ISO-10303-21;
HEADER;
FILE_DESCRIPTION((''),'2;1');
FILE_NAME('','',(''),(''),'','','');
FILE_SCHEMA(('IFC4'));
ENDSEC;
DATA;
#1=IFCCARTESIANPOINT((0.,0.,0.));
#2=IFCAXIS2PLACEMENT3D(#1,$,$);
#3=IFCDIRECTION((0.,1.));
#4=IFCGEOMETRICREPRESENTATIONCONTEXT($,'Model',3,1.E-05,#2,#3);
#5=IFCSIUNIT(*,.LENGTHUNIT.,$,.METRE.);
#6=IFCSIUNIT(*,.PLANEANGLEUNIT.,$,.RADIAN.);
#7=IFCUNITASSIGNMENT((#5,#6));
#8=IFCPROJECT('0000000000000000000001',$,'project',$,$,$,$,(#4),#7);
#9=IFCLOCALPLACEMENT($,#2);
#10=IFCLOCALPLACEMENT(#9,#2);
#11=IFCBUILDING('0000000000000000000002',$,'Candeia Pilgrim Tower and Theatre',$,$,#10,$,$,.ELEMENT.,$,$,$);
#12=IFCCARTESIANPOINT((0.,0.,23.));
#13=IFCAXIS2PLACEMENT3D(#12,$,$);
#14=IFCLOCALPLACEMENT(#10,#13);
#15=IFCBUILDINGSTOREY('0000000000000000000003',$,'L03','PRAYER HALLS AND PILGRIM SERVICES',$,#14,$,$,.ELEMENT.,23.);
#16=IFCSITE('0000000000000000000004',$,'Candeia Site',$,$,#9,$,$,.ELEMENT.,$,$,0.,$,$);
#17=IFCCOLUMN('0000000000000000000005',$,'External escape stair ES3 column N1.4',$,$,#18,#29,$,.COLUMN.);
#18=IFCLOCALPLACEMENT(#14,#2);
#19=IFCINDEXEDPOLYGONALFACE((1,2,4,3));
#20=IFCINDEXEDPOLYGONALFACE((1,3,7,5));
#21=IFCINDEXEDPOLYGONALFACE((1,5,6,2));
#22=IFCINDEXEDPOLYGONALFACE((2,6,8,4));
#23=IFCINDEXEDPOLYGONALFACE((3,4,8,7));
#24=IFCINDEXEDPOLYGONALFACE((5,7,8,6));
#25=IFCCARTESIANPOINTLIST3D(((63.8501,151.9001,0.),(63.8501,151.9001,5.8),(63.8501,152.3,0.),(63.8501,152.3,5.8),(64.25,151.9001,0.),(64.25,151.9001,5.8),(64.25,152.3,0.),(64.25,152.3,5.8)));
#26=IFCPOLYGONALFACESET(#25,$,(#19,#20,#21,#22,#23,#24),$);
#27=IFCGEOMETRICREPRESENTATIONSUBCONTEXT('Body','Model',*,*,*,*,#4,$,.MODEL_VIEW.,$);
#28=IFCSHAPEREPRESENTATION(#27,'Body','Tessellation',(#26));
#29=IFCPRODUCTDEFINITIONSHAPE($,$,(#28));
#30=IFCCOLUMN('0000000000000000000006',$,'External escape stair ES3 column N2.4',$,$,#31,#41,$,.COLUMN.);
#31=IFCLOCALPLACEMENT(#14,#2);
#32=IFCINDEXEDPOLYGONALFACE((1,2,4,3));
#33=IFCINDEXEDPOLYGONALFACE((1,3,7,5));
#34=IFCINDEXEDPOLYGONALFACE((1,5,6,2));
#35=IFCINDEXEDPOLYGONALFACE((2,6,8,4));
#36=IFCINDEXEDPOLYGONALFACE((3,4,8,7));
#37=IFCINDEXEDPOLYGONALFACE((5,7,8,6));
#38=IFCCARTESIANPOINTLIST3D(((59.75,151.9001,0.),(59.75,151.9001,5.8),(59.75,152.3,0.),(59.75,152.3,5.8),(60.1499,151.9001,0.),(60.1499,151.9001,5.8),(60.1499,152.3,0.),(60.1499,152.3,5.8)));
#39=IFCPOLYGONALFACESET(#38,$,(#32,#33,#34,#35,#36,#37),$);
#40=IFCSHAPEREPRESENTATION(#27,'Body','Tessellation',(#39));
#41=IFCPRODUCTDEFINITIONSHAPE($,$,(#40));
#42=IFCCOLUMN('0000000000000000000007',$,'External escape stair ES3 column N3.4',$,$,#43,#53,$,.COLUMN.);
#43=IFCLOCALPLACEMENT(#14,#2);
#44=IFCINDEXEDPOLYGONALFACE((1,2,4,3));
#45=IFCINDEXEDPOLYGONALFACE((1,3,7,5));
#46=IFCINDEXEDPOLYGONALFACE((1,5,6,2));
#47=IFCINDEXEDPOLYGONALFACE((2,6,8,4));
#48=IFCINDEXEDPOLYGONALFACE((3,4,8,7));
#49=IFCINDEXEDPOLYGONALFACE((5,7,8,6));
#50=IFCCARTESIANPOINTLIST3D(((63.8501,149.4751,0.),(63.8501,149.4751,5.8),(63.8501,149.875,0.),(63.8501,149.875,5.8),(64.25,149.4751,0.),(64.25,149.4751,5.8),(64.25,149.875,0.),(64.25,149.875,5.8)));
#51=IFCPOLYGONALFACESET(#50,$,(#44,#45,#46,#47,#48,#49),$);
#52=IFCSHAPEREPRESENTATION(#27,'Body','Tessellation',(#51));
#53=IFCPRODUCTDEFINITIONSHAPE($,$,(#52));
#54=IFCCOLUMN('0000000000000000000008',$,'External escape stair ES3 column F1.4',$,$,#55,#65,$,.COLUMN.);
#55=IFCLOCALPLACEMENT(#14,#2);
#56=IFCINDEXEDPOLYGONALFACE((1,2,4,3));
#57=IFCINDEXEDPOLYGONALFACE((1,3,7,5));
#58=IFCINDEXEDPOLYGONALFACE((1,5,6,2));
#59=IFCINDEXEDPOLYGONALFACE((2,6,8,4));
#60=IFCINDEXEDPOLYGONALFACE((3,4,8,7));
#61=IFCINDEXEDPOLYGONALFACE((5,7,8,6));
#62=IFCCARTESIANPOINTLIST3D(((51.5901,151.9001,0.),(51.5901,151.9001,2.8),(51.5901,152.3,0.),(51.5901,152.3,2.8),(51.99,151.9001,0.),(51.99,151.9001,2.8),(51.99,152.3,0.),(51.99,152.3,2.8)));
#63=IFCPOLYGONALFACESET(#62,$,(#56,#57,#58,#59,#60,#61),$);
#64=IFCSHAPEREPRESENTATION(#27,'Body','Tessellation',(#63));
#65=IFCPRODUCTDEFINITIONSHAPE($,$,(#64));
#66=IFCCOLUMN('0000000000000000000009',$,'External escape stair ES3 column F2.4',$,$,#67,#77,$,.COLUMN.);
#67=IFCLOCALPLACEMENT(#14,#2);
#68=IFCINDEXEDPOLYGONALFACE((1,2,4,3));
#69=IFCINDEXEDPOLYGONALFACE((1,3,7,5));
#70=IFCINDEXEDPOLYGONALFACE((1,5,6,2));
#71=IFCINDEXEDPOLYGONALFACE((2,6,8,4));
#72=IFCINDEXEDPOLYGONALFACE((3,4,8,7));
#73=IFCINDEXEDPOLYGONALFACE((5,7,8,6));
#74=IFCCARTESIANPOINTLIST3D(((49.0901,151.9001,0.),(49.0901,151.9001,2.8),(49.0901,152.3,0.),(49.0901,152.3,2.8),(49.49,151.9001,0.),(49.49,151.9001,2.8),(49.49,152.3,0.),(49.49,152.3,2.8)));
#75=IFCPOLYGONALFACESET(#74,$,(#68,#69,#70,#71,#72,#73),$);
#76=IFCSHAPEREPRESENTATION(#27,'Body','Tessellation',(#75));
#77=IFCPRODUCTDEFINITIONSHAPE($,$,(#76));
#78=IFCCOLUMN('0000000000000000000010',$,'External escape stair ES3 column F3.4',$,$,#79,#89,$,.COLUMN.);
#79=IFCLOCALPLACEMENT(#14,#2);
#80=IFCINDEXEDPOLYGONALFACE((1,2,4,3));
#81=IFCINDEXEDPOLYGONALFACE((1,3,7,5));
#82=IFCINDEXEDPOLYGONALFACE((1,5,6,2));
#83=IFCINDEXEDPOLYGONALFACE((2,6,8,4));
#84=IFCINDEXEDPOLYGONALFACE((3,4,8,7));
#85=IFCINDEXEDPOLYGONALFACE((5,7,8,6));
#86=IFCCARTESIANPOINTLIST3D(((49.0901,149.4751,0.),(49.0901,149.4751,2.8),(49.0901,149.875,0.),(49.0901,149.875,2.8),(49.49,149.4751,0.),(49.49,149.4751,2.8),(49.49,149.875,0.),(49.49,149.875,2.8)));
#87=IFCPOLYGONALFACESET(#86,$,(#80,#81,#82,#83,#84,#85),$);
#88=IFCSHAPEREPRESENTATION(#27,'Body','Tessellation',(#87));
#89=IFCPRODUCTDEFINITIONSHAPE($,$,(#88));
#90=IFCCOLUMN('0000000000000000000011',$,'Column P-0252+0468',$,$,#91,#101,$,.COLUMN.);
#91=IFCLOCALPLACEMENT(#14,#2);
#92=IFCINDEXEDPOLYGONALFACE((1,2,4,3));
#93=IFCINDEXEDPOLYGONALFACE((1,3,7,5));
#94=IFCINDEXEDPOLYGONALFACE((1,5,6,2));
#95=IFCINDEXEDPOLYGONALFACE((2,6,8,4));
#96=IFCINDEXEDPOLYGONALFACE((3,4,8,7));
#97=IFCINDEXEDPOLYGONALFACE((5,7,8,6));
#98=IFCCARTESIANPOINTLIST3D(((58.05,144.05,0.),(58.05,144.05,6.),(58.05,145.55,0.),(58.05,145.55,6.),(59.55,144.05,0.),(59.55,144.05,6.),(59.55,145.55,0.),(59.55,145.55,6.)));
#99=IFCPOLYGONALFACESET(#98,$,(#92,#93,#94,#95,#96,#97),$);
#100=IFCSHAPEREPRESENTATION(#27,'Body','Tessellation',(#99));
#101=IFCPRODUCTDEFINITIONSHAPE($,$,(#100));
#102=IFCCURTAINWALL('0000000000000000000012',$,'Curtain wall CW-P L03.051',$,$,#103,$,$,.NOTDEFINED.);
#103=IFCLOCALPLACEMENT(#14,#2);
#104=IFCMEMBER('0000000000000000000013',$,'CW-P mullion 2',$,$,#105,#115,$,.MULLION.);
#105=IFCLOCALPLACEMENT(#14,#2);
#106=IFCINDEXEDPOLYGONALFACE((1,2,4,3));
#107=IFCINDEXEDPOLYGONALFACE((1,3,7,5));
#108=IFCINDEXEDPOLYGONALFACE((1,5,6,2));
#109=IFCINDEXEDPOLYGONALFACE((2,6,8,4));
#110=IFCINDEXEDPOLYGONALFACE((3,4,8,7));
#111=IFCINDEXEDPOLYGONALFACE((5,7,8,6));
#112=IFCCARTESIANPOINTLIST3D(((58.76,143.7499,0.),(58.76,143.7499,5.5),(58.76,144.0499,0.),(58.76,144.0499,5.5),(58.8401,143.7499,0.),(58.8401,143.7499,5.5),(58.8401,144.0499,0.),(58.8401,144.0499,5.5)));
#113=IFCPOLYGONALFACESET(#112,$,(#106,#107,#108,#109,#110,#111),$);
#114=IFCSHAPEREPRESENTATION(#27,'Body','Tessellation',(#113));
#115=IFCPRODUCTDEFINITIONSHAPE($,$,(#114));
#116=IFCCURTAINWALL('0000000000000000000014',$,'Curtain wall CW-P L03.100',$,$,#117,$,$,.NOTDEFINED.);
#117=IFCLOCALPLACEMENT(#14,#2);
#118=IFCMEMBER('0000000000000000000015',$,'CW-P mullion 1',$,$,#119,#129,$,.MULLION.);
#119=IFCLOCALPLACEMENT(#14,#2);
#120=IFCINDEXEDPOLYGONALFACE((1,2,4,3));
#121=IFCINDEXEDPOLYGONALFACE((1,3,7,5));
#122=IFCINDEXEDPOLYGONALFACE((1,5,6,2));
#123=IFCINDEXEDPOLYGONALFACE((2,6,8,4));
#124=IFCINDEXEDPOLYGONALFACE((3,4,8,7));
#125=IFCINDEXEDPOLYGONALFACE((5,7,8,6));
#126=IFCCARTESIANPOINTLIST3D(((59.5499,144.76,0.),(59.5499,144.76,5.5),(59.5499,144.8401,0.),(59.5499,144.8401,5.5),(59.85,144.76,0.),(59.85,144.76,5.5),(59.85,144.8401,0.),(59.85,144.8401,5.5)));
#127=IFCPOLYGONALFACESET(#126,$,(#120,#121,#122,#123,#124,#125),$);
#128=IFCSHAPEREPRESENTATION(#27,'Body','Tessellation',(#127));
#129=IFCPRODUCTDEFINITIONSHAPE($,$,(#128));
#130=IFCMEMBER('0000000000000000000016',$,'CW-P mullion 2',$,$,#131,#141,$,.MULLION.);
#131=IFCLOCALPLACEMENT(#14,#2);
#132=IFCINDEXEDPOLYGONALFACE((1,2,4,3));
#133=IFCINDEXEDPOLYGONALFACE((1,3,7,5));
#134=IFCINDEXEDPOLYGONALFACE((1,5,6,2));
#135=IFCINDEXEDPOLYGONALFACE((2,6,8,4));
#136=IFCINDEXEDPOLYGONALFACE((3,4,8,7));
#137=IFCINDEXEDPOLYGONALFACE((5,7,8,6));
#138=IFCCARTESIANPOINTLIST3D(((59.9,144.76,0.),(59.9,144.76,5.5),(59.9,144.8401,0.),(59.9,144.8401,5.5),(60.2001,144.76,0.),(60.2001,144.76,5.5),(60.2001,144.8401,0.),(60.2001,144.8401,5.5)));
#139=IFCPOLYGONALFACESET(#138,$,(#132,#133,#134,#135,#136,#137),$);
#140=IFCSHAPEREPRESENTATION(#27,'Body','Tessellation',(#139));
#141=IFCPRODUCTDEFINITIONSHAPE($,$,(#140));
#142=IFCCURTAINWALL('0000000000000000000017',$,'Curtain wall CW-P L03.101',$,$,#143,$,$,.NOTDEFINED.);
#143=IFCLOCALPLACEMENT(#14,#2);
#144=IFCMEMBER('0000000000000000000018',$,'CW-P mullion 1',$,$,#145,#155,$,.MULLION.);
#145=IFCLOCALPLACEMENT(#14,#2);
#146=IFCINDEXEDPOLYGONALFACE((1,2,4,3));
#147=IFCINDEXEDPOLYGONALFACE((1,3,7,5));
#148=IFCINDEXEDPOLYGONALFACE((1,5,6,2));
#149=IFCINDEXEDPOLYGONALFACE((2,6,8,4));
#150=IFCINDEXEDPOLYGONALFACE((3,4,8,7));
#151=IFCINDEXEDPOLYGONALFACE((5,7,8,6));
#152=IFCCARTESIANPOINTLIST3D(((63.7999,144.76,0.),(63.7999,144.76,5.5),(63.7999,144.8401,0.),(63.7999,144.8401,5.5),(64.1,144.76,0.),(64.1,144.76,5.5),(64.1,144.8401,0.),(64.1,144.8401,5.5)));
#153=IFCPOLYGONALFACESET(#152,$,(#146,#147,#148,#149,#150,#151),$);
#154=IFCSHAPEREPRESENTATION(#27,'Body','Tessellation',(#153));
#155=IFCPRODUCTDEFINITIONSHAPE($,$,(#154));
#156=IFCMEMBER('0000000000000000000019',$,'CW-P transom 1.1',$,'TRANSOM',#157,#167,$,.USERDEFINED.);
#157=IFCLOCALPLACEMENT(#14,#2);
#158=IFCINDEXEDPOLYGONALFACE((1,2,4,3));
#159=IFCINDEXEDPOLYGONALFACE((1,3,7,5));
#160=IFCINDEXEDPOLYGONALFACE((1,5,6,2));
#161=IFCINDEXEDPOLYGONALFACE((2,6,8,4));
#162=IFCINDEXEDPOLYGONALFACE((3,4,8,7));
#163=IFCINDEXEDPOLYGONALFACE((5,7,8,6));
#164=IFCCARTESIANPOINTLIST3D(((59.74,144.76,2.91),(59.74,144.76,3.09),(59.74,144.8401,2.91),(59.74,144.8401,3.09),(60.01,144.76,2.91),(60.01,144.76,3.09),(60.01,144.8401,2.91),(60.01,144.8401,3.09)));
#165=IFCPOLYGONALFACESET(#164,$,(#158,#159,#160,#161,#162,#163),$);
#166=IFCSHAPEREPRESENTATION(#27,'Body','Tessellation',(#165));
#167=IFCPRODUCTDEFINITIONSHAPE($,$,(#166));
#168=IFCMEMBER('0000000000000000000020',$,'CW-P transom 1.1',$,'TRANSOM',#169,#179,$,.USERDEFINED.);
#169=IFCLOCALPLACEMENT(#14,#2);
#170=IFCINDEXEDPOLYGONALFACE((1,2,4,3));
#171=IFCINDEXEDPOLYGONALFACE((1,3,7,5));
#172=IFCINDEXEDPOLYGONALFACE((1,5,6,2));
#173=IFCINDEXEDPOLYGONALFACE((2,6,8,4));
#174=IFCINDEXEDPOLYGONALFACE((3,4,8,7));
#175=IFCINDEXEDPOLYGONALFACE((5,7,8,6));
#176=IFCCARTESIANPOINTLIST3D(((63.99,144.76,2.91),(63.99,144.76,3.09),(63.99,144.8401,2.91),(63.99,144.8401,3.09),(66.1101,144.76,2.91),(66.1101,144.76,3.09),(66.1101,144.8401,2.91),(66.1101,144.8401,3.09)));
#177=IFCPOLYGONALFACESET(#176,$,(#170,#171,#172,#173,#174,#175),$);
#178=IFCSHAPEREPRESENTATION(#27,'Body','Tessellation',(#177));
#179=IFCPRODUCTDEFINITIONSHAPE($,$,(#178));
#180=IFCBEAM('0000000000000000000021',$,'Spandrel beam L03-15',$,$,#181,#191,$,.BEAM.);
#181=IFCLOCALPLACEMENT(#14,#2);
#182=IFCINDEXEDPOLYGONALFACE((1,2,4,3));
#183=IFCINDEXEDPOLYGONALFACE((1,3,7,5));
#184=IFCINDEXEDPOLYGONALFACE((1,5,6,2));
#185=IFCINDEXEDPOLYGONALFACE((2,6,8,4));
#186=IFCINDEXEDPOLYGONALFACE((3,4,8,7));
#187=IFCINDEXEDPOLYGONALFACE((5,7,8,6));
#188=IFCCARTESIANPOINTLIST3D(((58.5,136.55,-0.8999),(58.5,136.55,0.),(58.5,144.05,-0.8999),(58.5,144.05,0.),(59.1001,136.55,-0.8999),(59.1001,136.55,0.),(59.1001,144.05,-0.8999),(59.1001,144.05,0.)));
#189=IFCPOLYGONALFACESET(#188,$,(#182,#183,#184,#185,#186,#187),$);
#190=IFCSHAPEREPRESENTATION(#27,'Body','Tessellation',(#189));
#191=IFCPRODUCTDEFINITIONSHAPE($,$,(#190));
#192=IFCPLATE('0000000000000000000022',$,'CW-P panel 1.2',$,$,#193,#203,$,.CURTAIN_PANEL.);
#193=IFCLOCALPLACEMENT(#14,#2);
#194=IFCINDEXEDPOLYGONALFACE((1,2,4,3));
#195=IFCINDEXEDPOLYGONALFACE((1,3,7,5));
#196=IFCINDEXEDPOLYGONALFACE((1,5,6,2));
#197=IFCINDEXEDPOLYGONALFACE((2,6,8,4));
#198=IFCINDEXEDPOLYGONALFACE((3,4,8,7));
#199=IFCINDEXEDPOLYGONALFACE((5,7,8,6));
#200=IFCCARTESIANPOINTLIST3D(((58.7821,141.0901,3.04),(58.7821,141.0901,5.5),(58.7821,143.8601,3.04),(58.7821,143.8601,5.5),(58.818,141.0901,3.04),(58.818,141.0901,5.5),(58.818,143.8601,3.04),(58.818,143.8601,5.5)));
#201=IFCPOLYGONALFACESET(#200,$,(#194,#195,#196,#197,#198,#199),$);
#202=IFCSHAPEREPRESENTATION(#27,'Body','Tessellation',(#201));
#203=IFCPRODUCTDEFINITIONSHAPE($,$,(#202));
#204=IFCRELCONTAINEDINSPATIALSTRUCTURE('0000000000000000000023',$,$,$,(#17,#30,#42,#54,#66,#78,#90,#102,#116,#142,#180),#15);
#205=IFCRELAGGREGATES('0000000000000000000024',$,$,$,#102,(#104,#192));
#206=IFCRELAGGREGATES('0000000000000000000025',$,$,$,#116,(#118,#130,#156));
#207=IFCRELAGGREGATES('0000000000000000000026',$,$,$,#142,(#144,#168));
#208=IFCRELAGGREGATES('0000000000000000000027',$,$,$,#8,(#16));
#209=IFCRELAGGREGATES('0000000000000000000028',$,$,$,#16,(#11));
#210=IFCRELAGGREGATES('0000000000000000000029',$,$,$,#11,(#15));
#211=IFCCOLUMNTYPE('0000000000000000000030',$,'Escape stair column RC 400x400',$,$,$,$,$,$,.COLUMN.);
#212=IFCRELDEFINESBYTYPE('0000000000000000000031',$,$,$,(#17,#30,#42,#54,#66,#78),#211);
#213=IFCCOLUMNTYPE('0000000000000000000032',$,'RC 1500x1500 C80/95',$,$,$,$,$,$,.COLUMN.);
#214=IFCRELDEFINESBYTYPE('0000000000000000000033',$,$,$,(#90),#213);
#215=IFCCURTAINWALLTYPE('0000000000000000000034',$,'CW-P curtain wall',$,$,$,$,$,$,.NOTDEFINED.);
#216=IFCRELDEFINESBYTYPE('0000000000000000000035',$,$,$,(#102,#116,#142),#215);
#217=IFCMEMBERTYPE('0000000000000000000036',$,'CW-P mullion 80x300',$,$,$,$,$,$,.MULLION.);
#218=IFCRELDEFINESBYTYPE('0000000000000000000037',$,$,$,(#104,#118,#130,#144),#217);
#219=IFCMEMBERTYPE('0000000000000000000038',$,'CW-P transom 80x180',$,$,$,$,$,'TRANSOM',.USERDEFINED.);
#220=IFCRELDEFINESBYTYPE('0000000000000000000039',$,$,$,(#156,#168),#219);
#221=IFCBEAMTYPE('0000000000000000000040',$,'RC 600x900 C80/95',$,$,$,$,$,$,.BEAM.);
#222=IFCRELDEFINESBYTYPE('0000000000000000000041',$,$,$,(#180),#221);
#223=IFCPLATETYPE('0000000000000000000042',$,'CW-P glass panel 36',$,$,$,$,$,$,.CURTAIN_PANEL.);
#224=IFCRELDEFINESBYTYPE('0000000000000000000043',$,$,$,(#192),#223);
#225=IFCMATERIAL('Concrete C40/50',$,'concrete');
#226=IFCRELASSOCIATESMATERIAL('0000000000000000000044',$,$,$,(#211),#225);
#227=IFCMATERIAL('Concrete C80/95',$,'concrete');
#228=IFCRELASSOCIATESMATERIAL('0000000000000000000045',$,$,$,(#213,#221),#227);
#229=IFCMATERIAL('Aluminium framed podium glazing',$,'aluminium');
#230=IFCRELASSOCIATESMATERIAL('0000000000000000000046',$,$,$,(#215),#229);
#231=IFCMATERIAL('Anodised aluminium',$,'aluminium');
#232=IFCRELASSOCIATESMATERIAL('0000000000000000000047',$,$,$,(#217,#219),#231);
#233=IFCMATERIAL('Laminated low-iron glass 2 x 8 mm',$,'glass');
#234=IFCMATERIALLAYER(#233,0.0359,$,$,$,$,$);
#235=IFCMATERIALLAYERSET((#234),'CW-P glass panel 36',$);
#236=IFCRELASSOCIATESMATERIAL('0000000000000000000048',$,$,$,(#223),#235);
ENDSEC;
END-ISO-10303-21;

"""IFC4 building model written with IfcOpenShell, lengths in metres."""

from ifc_helpers import new_model, si_unit, direction, frame, origin, origin_2d, place, context, subcontext, project, spatial, rectangle, extrude, material, layer, layer_set, material_profile, profile_set, type_object, element, aggregate, save


model = new_model("IFC4")

# Units and contexts
model_context = context("Model", 3, precision=1e-05, world=origin(), true_north=direction((0.0, 1.0)))
body_context = subcontext(model_context, "Body", "Model", "MODEL_VIEW")
ifc_project = project(units=[si_unit("LENGTHUNIT", "METRE"), si_unit("PLANEANGLEUNIT", "RADIAN")], contexts=[model_context])

# Site, building, storey
site_placement = place(None, origin())
site = spatial("IfcSite", under=ifc_project, at=site_placement, Name="Candeia Site", CompositionType="ELEMENT", RefElevation=0.0)
building_placement = place(site_placement, origin())
building = spatial("IfcBuilding", under=site, at=building_placement, Name="Candeia Pilgrim Tower and Theatre", CompositionType="ELEMENT")
storey_placement = place(building_placement, frame((0.0, 0.0, 23.0)))
storey = spatial("IfcBuildingStorey", under=building, at=storey_placement, Name="L03", Description="PRAYER HALLS AND PILGRIM SERVICES", CompositionType="ELEMENT", Elevation=23.0)

# Columns
ifc_material_1 = material(Name="Concrete C40/50", Category="concrete")
ifc_material_profile_1 = material_profile(ifc_material_1, rectangle(XDim=0.3999, YDim=0.3999, at=origin_2d()))
ifc_profile_set_1 = profile_set([ifc_material_profile_1], Name="Concrete C40/50")
column_type_1 = type_object("IfcColumnType", Name="Escape stair column RC 400x400", PredefinedType="COLUMN", material=ifc_profile_set_1)
for number, where, z_axis, x_axis, name in (
    (1, (64.05, 152.1001, 0.0), (0.0, 0.0, 1.0), (1.0, 0.0, 0.0), "External escape stair ES3 column N1.4"),
    (2, (59.95, 152.1001, 0.0), (0.0, 0.0, 1.0), (1.0, 0.0, 0.0), "External escape stair ES3 column N2.4"),
    (3, (64.05, 149.675, 0.0), (0.0, 0.0, 1.0), (1.0, 0.0, 0.0), "External escape stair ES3 column N3.4"),
):
    element("IfcColumn", number, at=place(storey_placement, frame(where, z_axis=z_axis, x_axis=x_axis)), inside=storey, type_object=column_type_1, Name=name, PredefinedType="COLUMN", context=body_context, shape_type="SweptSolid", body=[
        extrude(rectangle(XDim=0.3999, YDim=0.3999, at=origin_2d()), origin(), (0.0, 0.0, 1.0), 5.8),
    ])
for number, where, z_axis, x_axis, name in (
    (4, (51.79, 152.1001, 0.0), (0.0, 0.0, 1.0), (1.0, 0.0, 0.0), "External escape stair ES3 column F1.4"),
    (5, (49.29, 152.1001, 0.0), (0.0, 0.0, 1.0), (1.0, 0.0, 0.0), "External escape stair ES3 column F2.4"),
    (6, (49.29, 149.675, 0.0), (0.0, 0.0, 1.0), (1.0, 0.0, 0.0), "External escape stair ES3 column F3.4"),
):
    element("IfcColumn", number, at=place(storey_placement, frame(where, z_axis=z_axis, x_axis=x_axis)), inside=storey, type_object=column_type_1, Name=name, PredefinedType="COLUMN", context=body_context, shape_type="SweptSolid", body=[
        extrude(rectangle(XDim=0.3999, YDim=0.3999, at=origin_2d()), origin(), (0.0, 0.0, 1.0), 2.8),
    ])
ifc_material_2 = material(Name="Concrete C80/95", Category="concrete")
ifc_material_profile_2 = material_profile(ifc_material_2, rectangle(XDim=1.5, YDim=1.5, at=origin_2d()))
ifc_profile_set_2 = profile_set([ifc_material_profile_2], Name="Concrete C80/95")
column_type_2 = type_object("IfcColumnType", Name="RC 1500x1500 C80/95", PredefinedType="COLUMN", material=ifc_profile_set_2)
column_placement = place(storey_placement, frame((58.8, 144.8, 0.0), z_axis=(0.0, 0.0, 1.0), x_axis=(1.0, 0.0, 0.0)))
element("IfcColumn", 7, at=column_placement, inside=storey, type_object=column_type_2, Name="Column P-0252+0468", PredefinedType="COLUMN", context=body_context, shape_type="SweptSolid", body=[
    extrude(rectangle(XDim=1.5, YDim=1.5, at=origin_2d()), origin(), (0.0, 0.0, 1.0), 6.0),
])

# Curtain wall, member
ifc_material_3 = material(Name="Aluminium framed podium glazing", Category="aluminium")
curtain_wall_type = type_object("IfcCurtainWallType", Name="CW-P curtain wall", PredefinedType="NOTDEFINED", material=ifc_material_3)
curtain_wall_1_placement = place(storey_placement, origin())
curtain_wall_1 = element("IfcCurtainWall", 8, at=curtain_wall_1_placement, inside=storey, type_object=curtain_wall_type, Name="Curtain wall CW-P L03.051", PredefinedType="NOTDEFINED")
ifc_material_4 = material(Name="Anodised aluminium", Category="aluminium")
ifc_material_profile_3 = material_profile(ifc_material_4, rectangle(XDim=0.0801, YDim=0.3, at=origin_2d()))
ifc_profile_set_3 = profile_set([ifc_material_profile_3], Name="Anodised aluminium")
member_type_1 = type_object("IfcMemberType", Name="CW-P mullion 80x300", PredefinedType="MULLION", material=ifc_profile_set_3)
member_1_placement = place(storey_placement, frame((58.8, 143.8999, 0.0), z_axis=(0.0, 0.0, 1.0), x_axis=(-1.0, 0.0, 0.0)))
member_1 = element("IfcMember", 9, at=member_1_placement, type_object=member_type_1, Name="CW-P mullion 2", PredefinedType="MULLION", context=body_context, shape_type="SweptSolid", body=[
    extrude(rectangle(XDim=0.0801, YDim=0.3, at=origin_2d()), origin(), (0.0, 0.0, 1.0), 5.5),
])

# Curtain wall, members
curtain_wall_2_placement = place(storey_placement, origin())
curtain_wall_2 = element("IfcCurtainWall", 10, at=curtain_wall_2_placement, inside=storey, type_object=curtain_wall_type, Name="Curtain wall CW-P L03.100", PredefinedType="NOTDEFINED")
member_2_placement = place(storey_placement, frame((59.7, 144.8, 0.0), z_axis=(0.0, 0.0, 1.0), x_axis=(0.0, 1.0, 0.0)))
member_2 = element("IfcMember", 11, at=member_2_placement, type_object=member_type_1, Name="CW-P mullion 1", PredefinedType="MULLION", context=body_context, shape_type="SweptSolid", body=[
    extrude(rectangle(XDim=0.0801, YDim=0.3, at=origin_2d()), origin(), (0.0, 0.0, 1.0), 5.5),
])
member_3_placement = place(storey_placement, frame((60.05, 144.8, 0.0), z_axis=(0.0, 0.0, 1.0), x_axis=(0.0, 1.0, 0.0)))
member_3 = element("IfcMember", 12, at=member_3_placement, type_object=member_type_1, Name="CW-P mullion 2", PredefinedType="MULLION", context=body_context, shape_type="SweptSolid", body=[
    extrude(rectangle(XDim=0.0801, YDim=0.3, at=origin_2d()), origin(), (0.0, 0.0, 1.0), 5.5),
])

# Curtain wall, member
curtain_wall_3_placement = place(storey_placement, origin())
curtain_wall_3 = element("IfcCurtainWall", 13, at=curtain_wall_3_placement, inside=storey, type_object=curtain_wall_type, Name="Curtain wall CW-P L03.101", PredefinedType="NOTDEFINED")
member_4_placement = place(storey_placement, frame((63.95, 144.8, 0.0), z_axis=(0.0, 0.0, 1.0), x_axis=(0.0, 1.0, 0.0)))
member_4 = element("IfcMember", 14, at=member_4_placement, type_object=member_type_1, Name="CW-P mullion 1", PredefinedType="MULLION", context=body_context, shape_type="SweptSolid", body=[
    extrude(rectangle(XDim=0.0801, YDim=0.3, at=origin_2d()), origin(), (0.0, 0.0, 1.0), 5.5),
])

# Members
ifc_material_profile_4 = material_profile(ifc_material_4, rectangle(XDim=0.0801, YDim=0.1799, at=origin_2d()))
ifc_profile_set_4 = profile_set([ifc_material_profile_4], Name="Anodised aluminium")
member_type_2 = type_object("IfcMemberType", Name="CW-P transom 80x180", ElementType="TRANSOM", PredefinedType="USERDEFINED", material=ifc_profile_set_4)
member_5_placement = place(storey_placement, frame((59.74, 144.8, 3.0), z_axis=(1.0, 0.0, 0.0), x_axis=(0.0, 1.0, 0.0)))
member_5 = element("IfcMember", 15, at=member_5_placement, type_object=member_type_2, Name="CW-P transom 1.1", ObjectType="TRANSOM", PredefinedType="USERDEFINED", context=body_context, shape_type="SweptSolid", body=[
    extrude(rectangle(XDim=0.0801, YDim=0.1799, at=origin_2d()), origin(), (0.0, 0.0, 1.0), 0.27),
])
member_6_placement = place(storey_placement, frame((63.99, 144.8, 3.0), z_axis=(1.0, 0.0, 0.0), x_axis=(0.0, 1.0, 0.0)))
member_6 = element("IfcMember", 16, at=member_6_placement, type_object=member_type_2, Name="CW-P transom 1.1", ObjectType="TRANSOM", PredefinedType="USERDEFINED", context=body_context, shape_type="SweptSolid", body=[
    extrude(rectangle(XDim=0.0801, YDim=0.1799, at=origin_2d()), origin(), (0.0, 0.0, 1.0), 2.1201),
])

# Beam
ifc_material_profile_5 = material_profile(ifc_material_2, rectangle(XDim=0.6001, YDim=0.8999, at=origin_2d()))
ifc_profile_set_5 = profile_set([ifc_material_profile_5], Name="Concrete C80/95")
beam_type = type_object("IfcBeamType", Name="RC 600x900 C80/95", PredefinedType="BEAM", material=ifc_profile_set_5)
beam_placement = place(storey_placement, frame((58.8, 144.05, -0.45), z_axis=(0.0, -1.0, 0.0), x_axis=(1.0, 0.0, 0.0)))
element("IfcBeam", 17, at=beam_placement, inside=storey, type_object=beam_type, Name="Spandrel beam L03-15", PredefinedType="BEAM", context=body_context, shape_type="SweptSolid", body=[
    extrude(rectangle(XDim=0.6001, YDim=0.8999, at=origin_2d()), origin(), (0.0, 0.0, 1.0), 7.5),
])

# Plate
ifc_material_5 = material(Name="Laminated low-iron glass 2 x 8 mm", Category="glass")
ifc_layer_1 = layer(ifc_material_5, 0.0359)
ifc_layer_set_1 = layer_set([ifc_layer_1], Name="CW-P glass panel 36")
plate_type = type_object("IfcPlateType", Name="CW-P glass panel 36", PredefinedType="CURTAIN_PANEL", material=ifc_layer_set_1)
plate_1_placement = place(storey_placement, frame((58.8, 142.4751, 3.04), z_axis=(0.0, 0.0, 1.0), x_axis=(0.0, 1.0, 0.0)))
plate_1 = element("IfcPlate", 18, at=plate_1_placement, type_object=plate_type, Name="CW-P panel 1.2", PredefinedType="CURTAIN_PANEL", context=body_context, shape_type="SweptSolid", body=[
    extrude(rectangle(XDim=2.77, YDim=0.0359, at=origin_2d()), origin(), (0.0, 0.0, 1.0), 2.46),
])
aggregate(curtain_wall_1, [member_1, plate_1])
aggregate(curtain_wall_2, [member_2, member_3, member_5])
aggregate(curtain_wall_3, [member_4, member_6])

save(model, "model.ifc")
